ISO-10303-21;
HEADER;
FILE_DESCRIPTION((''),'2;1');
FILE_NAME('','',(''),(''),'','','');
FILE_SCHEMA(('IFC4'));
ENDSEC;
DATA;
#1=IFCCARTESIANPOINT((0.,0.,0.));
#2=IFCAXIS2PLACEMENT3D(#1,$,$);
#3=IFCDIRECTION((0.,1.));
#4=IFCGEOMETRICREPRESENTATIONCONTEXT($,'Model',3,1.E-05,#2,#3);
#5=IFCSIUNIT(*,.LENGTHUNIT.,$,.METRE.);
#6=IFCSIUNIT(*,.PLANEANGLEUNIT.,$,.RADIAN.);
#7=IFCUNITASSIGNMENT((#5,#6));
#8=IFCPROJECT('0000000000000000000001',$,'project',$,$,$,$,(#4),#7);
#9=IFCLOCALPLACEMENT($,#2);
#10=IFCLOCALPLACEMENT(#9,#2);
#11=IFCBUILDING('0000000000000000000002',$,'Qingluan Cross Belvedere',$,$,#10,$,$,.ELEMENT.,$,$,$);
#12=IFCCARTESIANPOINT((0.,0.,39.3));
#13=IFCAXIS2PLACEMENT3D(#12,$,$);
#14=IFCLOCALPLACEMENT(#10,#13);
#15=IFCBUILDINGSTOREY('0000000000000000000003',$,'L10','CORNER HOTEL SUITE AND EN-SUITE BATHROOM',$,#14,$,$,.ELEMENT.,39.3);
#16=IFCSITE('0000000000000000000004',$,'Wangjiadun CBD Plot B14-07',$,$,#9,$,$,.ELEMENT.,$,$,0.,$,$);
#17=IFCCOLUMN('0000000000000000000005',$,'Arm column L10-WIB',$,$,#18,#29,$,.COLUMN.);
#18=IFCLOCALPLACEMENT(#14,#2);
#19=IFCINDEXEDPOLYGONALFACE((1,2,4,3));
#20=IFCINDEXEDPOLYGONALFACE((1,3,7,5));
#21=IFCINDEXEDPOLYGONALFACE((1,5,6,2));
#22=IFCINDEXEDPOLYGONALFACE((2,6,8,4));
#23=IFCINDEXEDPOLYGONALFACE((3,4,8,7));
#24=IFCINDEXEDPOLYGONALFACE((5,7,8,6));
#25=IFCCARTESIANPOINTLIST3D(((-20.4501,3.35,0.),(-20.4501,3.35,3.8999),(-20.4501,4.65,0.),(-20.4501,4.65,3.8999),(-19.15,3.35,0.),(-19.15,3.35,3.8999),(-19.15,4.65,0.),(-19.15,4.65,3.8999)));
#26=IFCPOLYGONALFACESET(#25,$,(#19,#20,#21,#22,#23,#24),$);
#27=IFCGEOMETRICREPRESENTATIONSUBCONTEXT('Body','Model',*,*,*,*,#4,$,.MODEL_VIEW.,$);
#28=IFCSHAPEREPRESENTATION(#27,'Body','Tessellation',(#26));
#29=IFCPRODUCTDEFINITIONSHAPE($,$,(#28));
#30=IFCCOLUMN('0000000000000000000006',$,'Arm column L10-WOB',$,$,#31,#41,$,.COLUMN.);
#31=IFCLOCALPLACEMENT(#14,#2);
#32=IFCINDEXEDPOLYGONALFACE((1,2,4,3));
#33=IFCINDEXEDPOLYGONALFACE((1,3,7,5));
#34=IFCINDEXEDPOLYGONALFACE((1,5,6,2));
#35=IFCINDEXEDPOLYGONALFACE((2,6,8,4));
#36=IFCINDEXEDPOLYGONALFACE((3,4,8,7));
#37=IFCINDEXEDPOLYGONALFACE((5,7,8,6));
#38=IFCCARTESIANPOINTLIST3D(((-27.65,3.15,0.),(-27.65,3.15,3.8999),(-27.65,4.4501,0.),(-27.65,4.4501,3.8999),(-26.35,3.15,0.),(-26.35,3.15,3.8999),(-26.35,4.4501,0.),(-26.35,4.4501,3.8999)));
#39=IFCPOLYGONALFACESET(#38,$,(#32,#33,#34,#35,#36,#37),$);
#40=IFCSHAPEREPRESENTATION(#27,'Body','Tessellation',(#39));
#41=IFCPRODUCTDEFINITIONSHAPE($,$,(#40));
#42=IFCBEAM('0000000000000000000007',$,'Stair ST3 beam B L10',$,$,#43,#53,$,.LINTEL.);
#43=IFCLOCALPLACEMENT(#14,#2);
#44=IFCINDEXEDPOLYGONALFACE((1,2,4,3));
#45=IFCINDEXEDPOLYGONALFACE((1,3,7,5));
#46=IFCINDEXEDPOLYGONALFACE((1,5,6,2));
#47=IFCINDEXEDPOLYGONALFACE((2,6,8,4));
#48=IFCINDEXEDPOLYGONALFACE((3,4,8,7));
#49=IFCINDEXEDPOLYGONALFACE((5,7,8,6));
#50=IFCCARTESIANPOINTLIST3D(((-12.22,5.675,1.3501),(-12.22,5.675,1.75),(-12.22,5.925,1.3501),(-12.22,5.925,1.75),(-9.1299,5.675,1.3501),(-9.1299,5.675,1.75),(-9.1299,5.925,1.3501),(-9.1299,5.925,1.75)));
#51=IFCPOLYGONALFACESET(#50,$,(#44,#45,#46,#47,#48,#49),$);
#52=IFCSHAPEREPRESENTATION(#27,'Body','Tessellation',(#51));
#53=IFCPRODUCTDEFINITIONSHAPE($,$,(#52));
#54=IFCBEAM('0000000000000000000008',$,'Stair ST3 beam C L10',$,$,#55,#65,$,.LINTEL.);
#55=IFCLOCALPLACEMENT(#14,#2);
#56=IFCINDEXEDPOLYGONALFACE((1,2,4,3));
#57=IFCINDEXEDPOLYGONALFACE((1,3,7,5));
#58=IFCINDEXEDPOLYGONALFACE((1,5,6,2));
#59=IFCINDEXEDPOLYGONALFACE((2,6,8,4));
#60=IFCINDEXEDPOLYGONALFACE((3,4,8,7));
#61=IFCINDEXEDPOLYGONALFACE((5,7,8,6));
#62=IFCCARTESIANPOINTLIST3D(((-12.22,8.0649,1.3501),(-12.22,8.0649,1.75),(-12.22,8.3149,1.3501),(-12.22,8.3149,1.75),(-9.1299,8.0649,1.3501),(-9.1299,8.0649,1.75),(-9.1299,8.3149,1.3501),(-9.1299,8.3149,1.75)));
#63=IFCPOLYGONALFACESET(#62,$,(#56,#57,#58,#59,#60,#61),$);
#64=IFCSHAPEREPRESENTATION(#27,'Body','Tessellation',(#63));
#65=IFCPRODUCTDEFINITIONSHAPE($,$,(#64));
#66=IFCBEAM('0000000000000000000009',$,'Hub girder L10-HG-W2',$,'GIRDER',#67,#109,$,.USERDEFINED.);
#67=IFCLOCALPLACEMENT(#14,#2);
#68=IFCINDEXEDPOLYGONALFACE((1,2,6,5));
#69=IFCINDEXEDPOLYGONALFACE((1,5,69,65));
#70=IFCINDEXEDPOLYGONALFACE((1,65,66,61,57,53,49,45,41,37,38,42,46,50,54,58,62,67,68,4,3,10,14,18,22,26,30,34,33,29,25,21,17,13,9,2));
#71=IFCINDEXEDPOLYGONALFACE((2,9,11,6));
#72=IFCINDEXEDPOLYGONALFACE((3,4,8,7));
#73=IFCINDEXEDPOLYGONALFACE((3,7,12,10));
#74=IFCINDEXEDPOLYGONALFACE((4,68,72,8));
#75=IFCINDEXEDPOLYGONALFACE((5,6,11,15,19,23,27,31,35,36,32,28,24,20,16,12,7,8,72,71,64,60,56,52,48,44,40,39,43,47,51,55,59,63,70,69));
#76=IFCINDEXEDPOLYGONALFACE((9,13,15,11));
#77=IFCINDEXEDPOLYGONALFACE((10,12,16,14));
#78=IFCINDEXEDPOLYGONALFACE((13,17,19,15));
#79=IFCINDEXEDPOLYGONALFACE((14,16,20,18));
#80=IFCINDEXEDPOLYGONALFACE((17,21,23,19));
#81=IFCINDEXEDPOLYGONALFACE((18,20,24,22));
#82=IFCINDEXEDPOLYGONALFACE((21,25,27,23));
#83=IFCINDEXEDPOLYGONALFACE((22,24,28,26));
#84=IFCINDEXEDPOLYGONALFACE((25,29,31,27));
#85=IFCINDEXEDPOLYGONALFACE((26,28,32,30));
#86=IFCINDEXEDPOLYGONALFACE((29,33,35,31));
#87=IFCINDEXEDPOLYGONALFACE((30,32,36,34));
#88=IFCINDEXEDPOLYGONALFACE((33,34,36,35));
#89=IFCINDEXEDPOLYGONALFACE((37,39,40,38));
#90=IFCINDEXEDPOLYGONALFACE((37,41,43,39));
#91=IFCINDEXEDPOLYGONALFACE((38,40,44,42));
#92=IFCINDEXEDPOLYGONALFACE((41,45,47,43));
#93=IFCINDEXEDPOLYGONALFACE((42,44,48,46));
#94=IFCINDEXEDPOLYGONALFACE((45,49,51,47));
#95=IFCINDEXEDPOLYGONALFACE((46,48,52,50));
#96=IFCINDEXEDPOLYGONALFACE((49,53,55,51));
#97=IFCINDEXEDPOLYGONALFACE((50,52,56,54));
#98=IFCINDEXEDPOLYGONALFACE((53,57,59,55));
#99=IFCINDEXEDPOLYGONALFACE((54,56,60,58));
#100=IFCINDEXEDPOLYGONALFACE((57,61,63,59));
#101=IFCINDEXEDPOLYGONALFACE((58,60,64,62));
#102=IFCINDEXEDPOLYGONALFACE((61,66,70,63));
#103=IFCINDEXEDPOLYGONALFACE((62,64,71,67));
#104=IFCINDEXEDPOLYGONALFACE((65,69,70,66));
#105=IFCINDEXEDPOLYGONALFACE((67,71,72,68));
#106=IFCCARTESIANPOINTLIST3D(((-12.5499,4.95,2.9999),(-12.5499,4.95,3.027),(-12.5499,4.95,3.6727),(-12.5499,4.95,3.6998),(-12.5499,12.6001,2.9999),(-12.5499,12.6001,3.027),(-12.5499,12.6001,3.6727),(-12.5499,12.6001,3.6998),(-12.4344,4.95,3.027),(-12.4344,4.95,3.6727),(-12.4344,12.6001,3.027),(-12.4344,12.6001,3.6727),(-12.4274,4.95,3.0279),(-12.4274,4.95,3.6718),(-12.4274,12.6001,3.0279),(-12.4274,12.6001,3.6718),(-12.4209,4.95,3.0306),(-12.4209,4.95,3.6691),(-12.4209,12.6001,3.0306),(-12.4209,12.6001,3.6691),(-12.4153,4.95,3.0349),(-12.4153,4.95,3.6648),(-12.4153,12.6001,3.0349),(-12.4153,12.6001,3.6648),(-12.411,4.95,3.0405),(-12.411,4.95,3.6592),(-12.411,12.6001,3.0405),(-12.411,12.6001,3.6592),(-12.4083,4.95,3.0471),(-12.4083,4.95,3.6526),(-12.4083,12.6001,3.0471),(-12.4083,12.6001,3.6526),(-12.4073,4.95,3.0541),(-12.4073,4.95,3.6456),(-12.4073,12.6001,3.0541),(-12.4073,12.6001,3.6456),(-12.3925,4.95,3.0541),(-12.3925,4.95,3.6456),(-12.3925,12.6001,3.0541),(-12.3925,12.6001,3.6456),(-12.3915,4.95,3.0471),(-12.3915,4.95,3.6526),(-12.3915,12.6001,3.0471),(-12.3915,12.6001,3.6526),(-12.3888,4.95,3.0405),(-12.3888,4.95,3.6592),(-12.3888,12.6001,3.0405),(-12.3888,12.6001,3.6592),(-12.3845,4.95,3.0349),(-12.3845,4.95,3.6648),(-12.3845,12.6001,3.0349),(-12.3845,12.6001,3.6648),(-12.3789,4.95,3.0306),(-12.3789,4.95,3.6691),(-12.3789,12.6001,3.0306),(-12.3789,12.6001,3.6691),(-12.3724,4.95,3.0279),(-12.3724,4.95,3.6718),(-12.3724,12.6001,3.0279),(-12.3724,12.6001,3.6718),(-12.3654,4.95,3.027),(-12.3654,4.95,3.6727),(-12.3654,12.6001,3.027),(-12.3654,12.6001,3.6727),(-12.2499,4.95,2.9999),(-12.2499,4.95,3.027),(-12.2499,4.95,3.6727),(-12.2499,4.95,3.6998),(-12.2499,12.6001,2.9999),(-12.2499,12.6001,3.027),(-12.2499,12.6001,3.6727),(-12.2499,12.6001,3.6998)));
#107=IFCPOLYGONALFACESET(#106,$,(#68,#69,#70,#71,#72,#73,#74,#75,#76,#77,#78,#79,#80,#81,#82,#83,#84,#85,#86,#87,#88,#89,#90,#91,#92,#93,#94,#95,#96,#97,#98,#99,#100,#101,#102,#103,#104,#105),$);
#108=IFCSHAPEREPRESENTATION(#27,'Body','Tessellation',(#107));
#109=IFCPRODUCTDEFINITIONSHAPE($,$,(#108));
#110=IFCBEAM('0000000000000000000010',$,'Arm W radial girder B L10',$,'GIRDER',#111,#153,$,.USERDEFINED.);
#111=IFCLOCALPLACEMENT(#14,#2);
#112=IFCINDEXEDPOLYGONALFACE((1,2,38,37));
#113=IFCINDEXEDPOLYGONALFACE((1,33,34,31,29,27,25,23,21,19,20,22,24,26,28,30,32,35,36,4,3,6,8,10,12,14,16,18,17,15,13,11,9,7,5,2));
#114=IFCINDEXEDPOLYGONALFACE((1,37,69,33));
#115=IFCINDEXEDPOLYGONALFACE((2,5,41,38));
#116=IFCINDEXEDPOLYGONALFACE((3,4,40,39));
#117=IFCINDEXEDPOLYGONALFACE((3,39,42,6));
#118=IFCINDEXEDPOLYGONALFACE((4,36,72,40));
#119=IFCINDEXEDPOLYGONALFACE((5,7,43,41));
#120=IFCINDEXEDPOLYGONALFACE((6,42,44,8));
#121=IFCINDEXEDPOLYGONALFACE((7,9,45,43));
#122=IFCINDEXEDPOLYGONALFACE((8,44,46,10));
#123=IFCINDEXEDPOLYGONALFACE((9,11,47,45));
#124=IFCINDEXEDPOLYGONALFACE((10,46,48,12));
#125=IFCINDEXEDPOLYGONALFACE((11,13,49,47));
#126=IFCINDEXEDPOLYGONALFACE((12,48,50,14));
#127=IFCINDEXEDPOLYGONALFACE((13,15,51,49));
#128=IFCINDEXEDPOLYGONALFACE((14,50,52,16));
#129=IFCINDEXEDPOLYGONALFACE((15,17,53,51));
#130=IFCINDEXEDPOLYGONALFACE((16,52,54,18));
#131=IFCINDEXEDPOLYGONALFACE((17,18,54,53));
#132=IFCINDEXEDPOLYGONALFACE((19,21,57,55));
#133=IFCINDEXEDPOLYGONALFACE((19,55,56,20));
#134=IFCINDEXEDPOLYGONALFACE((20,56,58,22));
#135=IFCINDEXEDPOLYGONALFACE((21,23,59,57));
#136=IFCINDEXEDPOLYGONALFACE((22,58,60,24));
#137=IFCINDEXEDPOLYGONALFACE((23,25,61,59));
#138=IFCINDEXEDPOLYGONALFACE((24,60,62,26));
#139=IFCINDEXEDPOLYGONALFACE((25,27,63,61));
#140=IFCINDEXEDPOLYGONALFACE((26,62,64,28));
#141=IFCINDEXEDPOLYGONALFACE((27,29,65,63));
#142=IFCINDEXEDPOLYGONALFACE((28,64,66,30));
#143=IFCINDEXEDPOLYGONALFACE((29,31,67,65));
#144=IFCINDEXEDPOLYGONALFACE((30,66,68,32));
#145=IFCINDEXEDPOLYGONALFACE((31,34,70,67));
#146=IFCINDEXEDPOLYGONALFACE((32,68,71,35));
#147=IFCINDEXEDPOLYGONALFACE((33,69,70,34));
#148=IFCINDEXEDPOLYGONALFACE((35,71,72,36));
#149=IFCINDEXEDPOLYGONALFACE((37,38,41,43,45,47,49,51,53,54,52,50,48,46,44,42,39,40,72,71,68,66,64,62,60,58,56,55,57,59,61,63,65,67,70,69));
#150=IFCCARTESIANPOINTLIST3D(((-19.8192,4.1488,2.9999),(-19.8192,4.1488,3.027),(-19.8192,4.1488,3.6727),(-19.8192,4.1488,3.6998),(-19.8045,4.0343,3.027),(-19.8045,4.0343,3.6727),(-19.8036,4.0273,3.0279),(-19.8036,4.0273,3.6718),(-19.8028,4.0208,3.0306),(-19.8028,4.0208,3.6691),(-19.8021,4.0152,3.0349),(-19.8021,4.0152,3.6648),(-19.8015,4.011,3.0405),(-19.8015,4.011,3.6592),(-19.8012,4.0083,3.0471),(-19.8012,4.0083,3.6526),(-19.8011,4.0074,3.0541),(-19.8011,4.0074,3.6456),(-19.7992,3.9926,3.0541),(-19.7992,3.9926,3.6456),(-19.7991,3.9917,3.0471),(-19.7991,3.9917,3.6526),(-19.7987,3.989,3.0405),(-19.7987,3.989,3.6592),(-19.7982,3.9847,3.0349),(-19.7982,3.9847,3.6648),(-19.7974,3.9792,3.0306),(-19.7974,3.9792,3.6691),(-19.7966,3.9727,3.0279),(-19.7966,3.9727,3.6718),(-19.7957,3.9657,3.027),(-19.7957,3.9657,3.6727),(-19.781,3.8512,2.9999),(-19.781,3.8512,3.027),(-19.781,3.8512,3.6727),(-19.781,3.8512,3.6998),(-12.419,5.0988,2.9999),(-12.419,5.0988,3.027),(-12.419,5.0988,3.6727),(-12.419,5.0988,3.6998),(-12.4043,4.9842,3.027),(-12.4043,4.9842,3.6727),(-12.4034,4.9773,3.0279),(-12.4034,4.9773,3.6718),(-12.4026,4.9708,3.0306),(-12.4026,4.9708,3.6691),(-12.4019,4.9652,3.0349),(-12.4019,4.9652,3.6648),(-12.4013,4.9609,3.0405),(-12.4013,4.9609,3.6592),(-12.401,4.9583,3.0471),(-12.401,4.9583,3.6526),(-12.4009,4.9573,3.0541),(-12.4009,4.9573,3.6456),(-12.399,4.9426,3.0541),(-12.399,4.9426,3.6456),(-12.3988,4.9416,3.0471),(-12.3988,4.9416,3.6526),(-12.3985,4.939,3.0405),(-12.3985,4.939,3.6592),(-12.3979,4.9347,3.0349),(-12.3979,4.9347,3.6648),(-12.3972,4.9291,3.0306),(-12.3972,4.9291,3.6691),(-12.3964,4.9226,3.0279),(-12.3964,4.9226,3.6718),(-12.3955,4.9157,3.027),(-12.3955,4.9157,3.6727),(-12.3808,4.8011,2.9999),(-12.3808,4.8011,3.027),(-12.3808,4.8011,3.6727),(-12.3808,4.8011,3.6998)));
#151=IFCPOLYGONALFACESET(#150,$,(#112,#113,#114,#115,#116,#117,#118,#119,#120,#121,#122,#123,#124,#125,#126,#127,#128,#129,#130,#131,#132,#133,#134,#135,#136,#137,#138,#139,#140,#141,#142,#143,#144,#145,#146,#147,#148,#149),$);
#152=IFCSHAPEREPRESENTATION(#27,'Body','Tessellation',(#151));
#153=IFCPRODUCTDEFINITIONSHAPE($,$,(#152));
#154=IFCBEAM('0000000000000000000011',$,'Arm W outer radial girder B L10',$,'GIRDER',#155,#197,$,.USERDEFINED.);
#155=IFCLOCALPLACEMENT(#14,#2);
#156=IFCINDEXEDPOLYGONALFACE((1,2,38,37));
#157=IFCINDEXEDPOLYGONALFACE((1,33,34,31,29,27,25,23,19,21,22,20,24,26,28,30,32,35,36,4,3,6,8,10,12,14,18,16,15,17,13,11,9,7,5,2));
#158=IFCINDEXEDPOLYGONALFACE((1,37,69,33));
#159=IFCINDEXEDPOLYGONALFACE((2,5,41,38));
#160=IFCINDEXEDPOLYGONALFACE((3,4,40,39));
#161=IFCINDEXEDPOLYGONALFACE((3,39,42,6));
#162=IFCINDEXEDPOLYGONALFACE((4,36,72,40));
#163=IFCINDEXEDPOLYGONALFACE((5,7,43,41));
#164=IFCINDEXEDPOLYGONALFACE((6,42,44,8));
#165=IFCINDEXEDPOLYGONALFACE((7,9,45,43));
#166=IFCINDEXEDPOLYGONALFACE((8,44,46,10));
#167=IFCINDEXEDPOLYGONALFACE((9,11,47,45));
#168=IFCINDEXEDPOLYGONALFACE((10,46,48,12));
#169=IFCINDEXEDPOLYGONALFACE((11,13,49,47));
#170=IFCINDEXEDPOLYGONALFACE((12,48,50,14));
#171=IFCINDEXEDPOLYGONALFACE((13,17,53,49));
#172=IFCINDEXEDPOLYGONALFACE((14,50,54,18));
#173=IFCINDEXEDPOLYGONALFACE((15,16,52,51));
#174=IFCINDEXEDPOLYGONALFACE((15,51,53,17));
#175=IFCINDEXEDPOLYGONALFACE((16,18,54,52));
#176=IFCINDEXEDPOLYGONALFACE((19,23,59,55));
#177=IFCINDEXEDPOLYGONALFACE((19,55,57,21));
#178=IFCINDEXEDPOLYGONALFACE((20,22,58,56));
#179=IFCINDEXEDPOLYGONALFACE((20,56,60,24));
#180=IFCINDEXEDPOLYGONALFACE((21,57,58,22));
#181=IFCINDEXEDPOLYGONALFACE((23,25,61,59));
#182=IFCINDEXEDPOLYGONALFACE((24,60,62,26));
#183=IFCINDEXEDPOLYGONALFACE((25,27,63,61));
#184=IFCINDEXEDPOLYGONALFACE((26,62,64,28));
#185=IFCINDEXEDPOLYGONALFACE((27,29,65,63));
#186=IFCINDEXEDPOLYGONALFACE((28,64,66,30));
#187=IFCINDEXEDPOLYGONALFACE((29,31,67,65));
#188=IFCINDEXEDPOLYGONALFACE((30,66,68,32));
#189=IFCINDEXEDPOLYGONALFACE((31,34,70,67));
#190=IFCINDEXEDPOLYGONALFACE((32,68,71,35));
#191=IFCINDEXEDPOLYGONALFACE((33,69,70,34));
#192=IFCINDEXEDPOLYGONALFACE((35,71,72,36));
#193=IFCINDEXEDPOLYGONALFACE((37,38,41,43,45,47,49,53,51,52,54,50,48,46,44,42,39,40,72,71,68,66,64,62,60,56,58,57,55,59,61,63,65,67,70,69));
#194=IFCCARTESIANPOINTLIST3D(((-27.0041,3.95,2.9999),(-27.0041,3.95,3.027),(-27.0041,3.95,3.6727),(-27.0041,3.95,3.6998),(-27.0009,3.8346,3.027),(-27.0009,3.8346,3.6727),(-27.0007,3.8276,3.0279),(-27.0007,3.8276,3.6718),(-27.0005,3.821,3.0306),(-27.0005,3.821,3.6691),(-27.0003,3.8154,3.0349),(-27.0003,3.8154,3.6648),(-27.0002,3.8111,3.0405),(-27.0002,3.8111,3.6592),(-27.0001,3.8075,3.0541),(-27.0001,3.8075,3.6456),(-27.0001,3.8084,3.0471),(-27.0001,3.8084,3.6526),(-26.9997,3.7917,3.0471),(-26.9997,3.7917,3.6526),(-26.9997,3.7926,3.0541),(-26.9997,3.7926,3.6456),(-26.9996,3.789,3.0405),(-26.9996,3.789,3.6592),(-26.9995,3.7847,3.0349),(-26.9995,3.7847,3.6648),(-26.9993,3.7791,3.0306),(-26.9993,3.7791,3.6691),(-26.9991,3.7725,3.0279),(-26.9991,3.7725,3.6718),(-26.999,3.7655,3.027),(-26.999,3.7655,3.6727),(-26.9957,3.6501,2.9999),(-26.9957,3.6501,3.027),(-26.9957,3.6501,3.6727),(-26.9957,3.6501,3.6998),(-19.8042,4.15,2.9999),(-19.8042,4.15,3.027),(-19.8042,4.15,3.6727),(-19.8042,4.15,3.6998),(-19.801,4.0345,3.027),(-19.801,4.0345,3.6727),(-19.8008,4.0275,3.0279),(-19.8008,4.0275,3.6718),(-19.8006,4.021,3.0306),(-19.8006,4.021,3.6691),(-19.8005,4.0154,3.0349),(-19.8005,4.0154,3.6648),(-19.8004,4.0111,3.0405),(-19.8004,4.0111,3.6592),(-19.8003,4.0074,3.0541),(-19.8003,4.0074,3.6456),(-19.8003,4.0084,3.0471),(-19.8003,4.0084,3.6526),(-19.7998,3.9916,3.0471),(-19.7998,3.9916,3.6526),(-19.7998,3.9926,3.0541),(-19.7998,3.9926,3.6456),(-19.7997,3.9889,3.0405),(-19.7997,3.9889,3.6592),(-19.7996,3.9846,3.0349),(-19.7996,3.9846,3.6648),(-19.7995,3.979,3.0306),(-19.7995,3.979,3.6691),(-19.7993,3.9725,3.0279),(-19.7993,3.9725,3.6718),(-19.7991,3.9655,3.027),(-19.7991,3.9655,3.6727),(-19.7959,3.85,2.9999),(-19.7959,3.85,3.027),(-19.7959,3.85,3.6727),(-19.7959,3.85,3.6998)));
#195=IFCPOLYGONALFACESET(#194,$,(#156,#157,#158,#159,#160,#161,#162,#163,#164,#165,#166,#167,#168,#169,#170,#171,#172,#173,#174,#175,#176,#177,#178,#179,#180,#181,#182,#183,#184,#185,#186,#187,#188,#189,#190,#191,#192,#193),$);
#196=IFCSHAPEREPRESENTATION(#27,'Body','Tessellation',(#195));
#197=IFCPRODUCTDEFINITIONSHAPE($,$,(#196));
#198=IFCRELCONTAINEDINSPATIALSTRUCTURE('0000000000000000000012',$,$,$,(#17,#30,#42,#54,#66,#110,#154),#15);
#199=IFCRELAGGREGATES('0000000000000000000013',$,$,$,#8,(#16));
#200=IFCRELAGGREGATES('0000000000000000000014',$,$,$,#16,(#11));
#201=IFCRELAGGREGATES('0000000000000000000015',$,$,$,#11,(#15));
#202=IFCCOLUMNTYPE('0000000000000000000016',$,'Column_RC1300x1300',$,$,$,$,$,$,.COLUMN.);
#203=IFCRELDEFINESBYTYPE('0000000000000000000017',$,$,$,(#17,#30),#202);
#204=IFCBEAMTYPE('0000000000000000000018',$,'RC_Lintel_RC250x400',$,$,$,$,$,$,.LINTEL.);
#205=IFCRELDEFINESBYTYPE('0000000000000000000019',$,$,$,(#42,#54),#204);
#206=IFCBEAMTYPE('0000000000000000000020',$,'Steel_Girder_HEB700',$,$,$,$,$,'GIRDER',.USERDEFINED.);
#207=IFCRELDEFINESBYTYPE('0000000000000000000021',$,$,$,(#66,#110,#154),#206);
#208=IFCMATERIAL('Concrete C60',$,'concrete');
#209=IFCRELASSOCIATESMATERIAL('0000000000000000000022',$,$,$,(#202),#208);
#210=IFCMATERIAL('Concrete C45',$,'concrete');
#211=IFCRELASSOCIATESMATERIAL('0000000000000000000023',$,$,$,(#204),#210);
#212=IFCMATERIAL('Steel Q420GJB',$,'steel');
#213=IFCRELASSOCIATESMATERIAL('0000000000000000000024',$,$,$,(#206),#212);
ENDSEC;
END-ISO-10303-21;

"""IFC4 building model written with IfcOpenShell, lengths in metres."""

from ifc_helpers import new_model, si_unit, direction, frame, origin, origin_2d, place, context, subcontext, project, spatial, rectangle, i_section, extrude, material, material_profile, profile_set, type_object, element, save


model = new_model("IFC4")

# Units and contexts
model_context = context("Model", 3, precision=1e-05, world=origin(), true_north=direction((0.0, 1.0)))
body_context = subcontext(model_context, "Body", "Model", "MODEL_VIEW")
ifc_project = project(units=[si_unit("LENGTHUNIT", "METRE"), si_unit("PLANEANGLEUNIT", "RADIAN")], contexts=[model_context])

# Site, building, storey
site_placement = place(None, origin())
site = spatial("IfcSite", under=ifc_project, at=site_placement, Name="Wangjiadun CBD Plot B14-07", CompositionType="ELEMENT", RefElevation=0.0)
building_placement = place(site_placement, origin())
building = spatial("IfcBuilding", under=site, at=building_placement, Name="Qingluan Cross Belvedere", CompositionType="ELEMENT")
storey_placement = place(building_placement, frame((0.0, 0.0, 39.3)))
storey = spatial("IfcBuildingStorey", under=building, at=storey_placement, Name="L10", Description="CORNER HOTEL SUITE AND EN-SUITE BATHROOM", CompositionType="ELEMENT", Elevation=39.3)

# Columns
ifc_material_1 = material(Name="Concrete C60", Category="concrete")
ifc_material_profile_1 = material_profile(ifc_material_1, rectangle(XDim=1.3, YDim=1.3, at=origin_2d()), Name="RC1300x1300")
ifc_profile_set_1 = profile_set([ifc_material_profile_1], Name="Concrete C60")
column_type = type_object("IfcColumnType", Name="Column_RC1300x1300", PredefinedType="COLUMN", material=ifc_profile_set_1)
for number, where, z_axis, x_axis, name in (
    (1, (-19.8, 4.0, 0.0), (0.0, 0.0, 1.0), (1.0, 0.0, 0.0), "Arm column L10-WIB"),
    (2, (-27.0, 3.8, 0.0), (0.0, 0.0, 1.0), (1.0, 0.0, 0.0), "Arm column L10-WOB"),
):
    element("IfcColumn", number, at=place(storey_placement, frame(where, z_axis=z_axis, x_axis=x_axis)), inside=storey, type_object=column_type, Name=name, PredefinedType="COLUMN", context=body_context, shape_type="SweptSolid", body=[
        extrude(rectangle(XDim=1.3, YDim=1.3, at=origin_2d()), origin(), (0.0, 0.0, 1.0), 3.8999),
    ])

# Beams
ifc_material_2 = material(Name="Concrete C45", Category="concrete")
ifc_material_profile_2 = material_profile(ifc_material_2, rectangle(XDim=0.25, YDim=0.3999, at=origin_2d()), Name="RC250x400")
ifc_profile_set_2 = profile_set([ifc_material_profile_2], Name="Concrete C45")
beam_type_1 = type_object("IfcBeamType", Name="RC_Lintel_RC250x400", PredefinedType="LINTEL", material=ifc_profile_set_2)
for number, where, z_axis, x_axis, name in (
    (3, (-12.22, 5.8, 1.55), (1.0, 0.0, 0.0), (0.0, 1.0, 0.0), "Stair ST3 beam B L10"),
    (4, (-12.22, 8.1899, 1.55), (1.0, 0.0, 0.0), (0.0, 1.0, 0.0), "Stair ST3 beam C L10"),
):
    element("IfcBeam", number, at=place(storey_placement, frame(where, z_axis=z_axis, x_axis=x_axis)), inside=storey, type_object=beam_type_1, Name=name, PredefinedType="LINTEL", context=body_context, shape_type="SweptSolid", body=[
        extrude(rectangle(XDim=0.25, YDim=0.3999, at=origin_2d()), origin(), (0.0, 0.0, 1.0), 3.0901),
    ])
ifc_material_3 = material(Name="Steel Q420GJB", Category="steel")
ifc_material_profile_3 = material_profile(ifc_material_3, i_section(OverallWidth=0.3, OverallDepth=0.7, WebThickness=0.0149, FlangeThickness=0.0271, FilletRadius=0.0271, at=origin_2d()), Name="HEB700")
ifc_profile_set_3 = profile_set([ifc_material_profile_3], Name="Steel Q420GJB")
beam_type_2 = type_object("IfcBeamType", Name="Steel_Girder_HEB700", ElementType="GIRDER", PredefinedType="USERDEFINED", material=ifc_profile_set_3)
beam_1_placement = place(storey_placement, frame((-12.3999, 4.95, 3.3499), z_axis=(0.0, 1.0, 0.0), x_axis=(-1.0, 0.0, 0.0)))
element("IfcBeam", 5, at=beam_1_placement, inside=storey, type_object=beam_type_2, Name="Hub girder L10-HG-W2", ObjectType="GIRDER", PredefinedType="USERDEFINED", context=body_context, shape_type="SweptSolid", body=[
    extrude(i_section(OverallWidth=0.3, OverallDepth=0.7, WebThickness=0.0149, FlangeThickness=0.0271, FilletRadius=0.0271, at=origin_2d()), origin(), (0.0, 0.0, 1.0), 7.6501),
])
beam_2_placement = place(storey_placement, frame((-12.3999, 4.95, 3.3499), z_axis=(-0.991861, -0.127324, 0.0), x_axis=(0.127324, -0.991861, 0.0)))
element("IfcBeam", 6, at=beam_2_placement, inside=storey, type_object=beam_type_2, Name="Arm W radial girder B L10", ObjectType="GIRDER", PredefinedType="USERDEFINED", context=body_context, shape_type="SweptSolid", body=[
    extrude(i_section(OverallWidth=0.3, OverallDepth=0.7, WebThickness=0.0149, FlangeThickness=0.0271, FilletRadius=0.0271, at=origin_2d()), origin(), (0.0, 0.0, 1.0), 7.4609),
])
beam_3_placement = place(storey_placement, frame((-19.8, 4.0, 3.3499), z_axis=(-0.999615, -0.02776, 0.0), x_axis=(0.02776, -0.999615, 0.0)))
element("IfcBeam", 7, at=beam_3_placement, inside=storey, type_object=beam_type_2, Name="Arm W outer radial girder B L10", ObjectType="GIRDER", PredefinedType="USERDEFINED", context=body_context, shape_type="SweptSolid", body=[
    extrude(i_section(OverallWidth=0.3, OverallDepth=0.7, WebThickness=0.0149, FlangeThickness=0.0271, FilletRadius=0.0271, at=origin_2d()), origin(), (0.0, 0.0, 1.0), 7.2026),
])

save(model, "model.ifc")
